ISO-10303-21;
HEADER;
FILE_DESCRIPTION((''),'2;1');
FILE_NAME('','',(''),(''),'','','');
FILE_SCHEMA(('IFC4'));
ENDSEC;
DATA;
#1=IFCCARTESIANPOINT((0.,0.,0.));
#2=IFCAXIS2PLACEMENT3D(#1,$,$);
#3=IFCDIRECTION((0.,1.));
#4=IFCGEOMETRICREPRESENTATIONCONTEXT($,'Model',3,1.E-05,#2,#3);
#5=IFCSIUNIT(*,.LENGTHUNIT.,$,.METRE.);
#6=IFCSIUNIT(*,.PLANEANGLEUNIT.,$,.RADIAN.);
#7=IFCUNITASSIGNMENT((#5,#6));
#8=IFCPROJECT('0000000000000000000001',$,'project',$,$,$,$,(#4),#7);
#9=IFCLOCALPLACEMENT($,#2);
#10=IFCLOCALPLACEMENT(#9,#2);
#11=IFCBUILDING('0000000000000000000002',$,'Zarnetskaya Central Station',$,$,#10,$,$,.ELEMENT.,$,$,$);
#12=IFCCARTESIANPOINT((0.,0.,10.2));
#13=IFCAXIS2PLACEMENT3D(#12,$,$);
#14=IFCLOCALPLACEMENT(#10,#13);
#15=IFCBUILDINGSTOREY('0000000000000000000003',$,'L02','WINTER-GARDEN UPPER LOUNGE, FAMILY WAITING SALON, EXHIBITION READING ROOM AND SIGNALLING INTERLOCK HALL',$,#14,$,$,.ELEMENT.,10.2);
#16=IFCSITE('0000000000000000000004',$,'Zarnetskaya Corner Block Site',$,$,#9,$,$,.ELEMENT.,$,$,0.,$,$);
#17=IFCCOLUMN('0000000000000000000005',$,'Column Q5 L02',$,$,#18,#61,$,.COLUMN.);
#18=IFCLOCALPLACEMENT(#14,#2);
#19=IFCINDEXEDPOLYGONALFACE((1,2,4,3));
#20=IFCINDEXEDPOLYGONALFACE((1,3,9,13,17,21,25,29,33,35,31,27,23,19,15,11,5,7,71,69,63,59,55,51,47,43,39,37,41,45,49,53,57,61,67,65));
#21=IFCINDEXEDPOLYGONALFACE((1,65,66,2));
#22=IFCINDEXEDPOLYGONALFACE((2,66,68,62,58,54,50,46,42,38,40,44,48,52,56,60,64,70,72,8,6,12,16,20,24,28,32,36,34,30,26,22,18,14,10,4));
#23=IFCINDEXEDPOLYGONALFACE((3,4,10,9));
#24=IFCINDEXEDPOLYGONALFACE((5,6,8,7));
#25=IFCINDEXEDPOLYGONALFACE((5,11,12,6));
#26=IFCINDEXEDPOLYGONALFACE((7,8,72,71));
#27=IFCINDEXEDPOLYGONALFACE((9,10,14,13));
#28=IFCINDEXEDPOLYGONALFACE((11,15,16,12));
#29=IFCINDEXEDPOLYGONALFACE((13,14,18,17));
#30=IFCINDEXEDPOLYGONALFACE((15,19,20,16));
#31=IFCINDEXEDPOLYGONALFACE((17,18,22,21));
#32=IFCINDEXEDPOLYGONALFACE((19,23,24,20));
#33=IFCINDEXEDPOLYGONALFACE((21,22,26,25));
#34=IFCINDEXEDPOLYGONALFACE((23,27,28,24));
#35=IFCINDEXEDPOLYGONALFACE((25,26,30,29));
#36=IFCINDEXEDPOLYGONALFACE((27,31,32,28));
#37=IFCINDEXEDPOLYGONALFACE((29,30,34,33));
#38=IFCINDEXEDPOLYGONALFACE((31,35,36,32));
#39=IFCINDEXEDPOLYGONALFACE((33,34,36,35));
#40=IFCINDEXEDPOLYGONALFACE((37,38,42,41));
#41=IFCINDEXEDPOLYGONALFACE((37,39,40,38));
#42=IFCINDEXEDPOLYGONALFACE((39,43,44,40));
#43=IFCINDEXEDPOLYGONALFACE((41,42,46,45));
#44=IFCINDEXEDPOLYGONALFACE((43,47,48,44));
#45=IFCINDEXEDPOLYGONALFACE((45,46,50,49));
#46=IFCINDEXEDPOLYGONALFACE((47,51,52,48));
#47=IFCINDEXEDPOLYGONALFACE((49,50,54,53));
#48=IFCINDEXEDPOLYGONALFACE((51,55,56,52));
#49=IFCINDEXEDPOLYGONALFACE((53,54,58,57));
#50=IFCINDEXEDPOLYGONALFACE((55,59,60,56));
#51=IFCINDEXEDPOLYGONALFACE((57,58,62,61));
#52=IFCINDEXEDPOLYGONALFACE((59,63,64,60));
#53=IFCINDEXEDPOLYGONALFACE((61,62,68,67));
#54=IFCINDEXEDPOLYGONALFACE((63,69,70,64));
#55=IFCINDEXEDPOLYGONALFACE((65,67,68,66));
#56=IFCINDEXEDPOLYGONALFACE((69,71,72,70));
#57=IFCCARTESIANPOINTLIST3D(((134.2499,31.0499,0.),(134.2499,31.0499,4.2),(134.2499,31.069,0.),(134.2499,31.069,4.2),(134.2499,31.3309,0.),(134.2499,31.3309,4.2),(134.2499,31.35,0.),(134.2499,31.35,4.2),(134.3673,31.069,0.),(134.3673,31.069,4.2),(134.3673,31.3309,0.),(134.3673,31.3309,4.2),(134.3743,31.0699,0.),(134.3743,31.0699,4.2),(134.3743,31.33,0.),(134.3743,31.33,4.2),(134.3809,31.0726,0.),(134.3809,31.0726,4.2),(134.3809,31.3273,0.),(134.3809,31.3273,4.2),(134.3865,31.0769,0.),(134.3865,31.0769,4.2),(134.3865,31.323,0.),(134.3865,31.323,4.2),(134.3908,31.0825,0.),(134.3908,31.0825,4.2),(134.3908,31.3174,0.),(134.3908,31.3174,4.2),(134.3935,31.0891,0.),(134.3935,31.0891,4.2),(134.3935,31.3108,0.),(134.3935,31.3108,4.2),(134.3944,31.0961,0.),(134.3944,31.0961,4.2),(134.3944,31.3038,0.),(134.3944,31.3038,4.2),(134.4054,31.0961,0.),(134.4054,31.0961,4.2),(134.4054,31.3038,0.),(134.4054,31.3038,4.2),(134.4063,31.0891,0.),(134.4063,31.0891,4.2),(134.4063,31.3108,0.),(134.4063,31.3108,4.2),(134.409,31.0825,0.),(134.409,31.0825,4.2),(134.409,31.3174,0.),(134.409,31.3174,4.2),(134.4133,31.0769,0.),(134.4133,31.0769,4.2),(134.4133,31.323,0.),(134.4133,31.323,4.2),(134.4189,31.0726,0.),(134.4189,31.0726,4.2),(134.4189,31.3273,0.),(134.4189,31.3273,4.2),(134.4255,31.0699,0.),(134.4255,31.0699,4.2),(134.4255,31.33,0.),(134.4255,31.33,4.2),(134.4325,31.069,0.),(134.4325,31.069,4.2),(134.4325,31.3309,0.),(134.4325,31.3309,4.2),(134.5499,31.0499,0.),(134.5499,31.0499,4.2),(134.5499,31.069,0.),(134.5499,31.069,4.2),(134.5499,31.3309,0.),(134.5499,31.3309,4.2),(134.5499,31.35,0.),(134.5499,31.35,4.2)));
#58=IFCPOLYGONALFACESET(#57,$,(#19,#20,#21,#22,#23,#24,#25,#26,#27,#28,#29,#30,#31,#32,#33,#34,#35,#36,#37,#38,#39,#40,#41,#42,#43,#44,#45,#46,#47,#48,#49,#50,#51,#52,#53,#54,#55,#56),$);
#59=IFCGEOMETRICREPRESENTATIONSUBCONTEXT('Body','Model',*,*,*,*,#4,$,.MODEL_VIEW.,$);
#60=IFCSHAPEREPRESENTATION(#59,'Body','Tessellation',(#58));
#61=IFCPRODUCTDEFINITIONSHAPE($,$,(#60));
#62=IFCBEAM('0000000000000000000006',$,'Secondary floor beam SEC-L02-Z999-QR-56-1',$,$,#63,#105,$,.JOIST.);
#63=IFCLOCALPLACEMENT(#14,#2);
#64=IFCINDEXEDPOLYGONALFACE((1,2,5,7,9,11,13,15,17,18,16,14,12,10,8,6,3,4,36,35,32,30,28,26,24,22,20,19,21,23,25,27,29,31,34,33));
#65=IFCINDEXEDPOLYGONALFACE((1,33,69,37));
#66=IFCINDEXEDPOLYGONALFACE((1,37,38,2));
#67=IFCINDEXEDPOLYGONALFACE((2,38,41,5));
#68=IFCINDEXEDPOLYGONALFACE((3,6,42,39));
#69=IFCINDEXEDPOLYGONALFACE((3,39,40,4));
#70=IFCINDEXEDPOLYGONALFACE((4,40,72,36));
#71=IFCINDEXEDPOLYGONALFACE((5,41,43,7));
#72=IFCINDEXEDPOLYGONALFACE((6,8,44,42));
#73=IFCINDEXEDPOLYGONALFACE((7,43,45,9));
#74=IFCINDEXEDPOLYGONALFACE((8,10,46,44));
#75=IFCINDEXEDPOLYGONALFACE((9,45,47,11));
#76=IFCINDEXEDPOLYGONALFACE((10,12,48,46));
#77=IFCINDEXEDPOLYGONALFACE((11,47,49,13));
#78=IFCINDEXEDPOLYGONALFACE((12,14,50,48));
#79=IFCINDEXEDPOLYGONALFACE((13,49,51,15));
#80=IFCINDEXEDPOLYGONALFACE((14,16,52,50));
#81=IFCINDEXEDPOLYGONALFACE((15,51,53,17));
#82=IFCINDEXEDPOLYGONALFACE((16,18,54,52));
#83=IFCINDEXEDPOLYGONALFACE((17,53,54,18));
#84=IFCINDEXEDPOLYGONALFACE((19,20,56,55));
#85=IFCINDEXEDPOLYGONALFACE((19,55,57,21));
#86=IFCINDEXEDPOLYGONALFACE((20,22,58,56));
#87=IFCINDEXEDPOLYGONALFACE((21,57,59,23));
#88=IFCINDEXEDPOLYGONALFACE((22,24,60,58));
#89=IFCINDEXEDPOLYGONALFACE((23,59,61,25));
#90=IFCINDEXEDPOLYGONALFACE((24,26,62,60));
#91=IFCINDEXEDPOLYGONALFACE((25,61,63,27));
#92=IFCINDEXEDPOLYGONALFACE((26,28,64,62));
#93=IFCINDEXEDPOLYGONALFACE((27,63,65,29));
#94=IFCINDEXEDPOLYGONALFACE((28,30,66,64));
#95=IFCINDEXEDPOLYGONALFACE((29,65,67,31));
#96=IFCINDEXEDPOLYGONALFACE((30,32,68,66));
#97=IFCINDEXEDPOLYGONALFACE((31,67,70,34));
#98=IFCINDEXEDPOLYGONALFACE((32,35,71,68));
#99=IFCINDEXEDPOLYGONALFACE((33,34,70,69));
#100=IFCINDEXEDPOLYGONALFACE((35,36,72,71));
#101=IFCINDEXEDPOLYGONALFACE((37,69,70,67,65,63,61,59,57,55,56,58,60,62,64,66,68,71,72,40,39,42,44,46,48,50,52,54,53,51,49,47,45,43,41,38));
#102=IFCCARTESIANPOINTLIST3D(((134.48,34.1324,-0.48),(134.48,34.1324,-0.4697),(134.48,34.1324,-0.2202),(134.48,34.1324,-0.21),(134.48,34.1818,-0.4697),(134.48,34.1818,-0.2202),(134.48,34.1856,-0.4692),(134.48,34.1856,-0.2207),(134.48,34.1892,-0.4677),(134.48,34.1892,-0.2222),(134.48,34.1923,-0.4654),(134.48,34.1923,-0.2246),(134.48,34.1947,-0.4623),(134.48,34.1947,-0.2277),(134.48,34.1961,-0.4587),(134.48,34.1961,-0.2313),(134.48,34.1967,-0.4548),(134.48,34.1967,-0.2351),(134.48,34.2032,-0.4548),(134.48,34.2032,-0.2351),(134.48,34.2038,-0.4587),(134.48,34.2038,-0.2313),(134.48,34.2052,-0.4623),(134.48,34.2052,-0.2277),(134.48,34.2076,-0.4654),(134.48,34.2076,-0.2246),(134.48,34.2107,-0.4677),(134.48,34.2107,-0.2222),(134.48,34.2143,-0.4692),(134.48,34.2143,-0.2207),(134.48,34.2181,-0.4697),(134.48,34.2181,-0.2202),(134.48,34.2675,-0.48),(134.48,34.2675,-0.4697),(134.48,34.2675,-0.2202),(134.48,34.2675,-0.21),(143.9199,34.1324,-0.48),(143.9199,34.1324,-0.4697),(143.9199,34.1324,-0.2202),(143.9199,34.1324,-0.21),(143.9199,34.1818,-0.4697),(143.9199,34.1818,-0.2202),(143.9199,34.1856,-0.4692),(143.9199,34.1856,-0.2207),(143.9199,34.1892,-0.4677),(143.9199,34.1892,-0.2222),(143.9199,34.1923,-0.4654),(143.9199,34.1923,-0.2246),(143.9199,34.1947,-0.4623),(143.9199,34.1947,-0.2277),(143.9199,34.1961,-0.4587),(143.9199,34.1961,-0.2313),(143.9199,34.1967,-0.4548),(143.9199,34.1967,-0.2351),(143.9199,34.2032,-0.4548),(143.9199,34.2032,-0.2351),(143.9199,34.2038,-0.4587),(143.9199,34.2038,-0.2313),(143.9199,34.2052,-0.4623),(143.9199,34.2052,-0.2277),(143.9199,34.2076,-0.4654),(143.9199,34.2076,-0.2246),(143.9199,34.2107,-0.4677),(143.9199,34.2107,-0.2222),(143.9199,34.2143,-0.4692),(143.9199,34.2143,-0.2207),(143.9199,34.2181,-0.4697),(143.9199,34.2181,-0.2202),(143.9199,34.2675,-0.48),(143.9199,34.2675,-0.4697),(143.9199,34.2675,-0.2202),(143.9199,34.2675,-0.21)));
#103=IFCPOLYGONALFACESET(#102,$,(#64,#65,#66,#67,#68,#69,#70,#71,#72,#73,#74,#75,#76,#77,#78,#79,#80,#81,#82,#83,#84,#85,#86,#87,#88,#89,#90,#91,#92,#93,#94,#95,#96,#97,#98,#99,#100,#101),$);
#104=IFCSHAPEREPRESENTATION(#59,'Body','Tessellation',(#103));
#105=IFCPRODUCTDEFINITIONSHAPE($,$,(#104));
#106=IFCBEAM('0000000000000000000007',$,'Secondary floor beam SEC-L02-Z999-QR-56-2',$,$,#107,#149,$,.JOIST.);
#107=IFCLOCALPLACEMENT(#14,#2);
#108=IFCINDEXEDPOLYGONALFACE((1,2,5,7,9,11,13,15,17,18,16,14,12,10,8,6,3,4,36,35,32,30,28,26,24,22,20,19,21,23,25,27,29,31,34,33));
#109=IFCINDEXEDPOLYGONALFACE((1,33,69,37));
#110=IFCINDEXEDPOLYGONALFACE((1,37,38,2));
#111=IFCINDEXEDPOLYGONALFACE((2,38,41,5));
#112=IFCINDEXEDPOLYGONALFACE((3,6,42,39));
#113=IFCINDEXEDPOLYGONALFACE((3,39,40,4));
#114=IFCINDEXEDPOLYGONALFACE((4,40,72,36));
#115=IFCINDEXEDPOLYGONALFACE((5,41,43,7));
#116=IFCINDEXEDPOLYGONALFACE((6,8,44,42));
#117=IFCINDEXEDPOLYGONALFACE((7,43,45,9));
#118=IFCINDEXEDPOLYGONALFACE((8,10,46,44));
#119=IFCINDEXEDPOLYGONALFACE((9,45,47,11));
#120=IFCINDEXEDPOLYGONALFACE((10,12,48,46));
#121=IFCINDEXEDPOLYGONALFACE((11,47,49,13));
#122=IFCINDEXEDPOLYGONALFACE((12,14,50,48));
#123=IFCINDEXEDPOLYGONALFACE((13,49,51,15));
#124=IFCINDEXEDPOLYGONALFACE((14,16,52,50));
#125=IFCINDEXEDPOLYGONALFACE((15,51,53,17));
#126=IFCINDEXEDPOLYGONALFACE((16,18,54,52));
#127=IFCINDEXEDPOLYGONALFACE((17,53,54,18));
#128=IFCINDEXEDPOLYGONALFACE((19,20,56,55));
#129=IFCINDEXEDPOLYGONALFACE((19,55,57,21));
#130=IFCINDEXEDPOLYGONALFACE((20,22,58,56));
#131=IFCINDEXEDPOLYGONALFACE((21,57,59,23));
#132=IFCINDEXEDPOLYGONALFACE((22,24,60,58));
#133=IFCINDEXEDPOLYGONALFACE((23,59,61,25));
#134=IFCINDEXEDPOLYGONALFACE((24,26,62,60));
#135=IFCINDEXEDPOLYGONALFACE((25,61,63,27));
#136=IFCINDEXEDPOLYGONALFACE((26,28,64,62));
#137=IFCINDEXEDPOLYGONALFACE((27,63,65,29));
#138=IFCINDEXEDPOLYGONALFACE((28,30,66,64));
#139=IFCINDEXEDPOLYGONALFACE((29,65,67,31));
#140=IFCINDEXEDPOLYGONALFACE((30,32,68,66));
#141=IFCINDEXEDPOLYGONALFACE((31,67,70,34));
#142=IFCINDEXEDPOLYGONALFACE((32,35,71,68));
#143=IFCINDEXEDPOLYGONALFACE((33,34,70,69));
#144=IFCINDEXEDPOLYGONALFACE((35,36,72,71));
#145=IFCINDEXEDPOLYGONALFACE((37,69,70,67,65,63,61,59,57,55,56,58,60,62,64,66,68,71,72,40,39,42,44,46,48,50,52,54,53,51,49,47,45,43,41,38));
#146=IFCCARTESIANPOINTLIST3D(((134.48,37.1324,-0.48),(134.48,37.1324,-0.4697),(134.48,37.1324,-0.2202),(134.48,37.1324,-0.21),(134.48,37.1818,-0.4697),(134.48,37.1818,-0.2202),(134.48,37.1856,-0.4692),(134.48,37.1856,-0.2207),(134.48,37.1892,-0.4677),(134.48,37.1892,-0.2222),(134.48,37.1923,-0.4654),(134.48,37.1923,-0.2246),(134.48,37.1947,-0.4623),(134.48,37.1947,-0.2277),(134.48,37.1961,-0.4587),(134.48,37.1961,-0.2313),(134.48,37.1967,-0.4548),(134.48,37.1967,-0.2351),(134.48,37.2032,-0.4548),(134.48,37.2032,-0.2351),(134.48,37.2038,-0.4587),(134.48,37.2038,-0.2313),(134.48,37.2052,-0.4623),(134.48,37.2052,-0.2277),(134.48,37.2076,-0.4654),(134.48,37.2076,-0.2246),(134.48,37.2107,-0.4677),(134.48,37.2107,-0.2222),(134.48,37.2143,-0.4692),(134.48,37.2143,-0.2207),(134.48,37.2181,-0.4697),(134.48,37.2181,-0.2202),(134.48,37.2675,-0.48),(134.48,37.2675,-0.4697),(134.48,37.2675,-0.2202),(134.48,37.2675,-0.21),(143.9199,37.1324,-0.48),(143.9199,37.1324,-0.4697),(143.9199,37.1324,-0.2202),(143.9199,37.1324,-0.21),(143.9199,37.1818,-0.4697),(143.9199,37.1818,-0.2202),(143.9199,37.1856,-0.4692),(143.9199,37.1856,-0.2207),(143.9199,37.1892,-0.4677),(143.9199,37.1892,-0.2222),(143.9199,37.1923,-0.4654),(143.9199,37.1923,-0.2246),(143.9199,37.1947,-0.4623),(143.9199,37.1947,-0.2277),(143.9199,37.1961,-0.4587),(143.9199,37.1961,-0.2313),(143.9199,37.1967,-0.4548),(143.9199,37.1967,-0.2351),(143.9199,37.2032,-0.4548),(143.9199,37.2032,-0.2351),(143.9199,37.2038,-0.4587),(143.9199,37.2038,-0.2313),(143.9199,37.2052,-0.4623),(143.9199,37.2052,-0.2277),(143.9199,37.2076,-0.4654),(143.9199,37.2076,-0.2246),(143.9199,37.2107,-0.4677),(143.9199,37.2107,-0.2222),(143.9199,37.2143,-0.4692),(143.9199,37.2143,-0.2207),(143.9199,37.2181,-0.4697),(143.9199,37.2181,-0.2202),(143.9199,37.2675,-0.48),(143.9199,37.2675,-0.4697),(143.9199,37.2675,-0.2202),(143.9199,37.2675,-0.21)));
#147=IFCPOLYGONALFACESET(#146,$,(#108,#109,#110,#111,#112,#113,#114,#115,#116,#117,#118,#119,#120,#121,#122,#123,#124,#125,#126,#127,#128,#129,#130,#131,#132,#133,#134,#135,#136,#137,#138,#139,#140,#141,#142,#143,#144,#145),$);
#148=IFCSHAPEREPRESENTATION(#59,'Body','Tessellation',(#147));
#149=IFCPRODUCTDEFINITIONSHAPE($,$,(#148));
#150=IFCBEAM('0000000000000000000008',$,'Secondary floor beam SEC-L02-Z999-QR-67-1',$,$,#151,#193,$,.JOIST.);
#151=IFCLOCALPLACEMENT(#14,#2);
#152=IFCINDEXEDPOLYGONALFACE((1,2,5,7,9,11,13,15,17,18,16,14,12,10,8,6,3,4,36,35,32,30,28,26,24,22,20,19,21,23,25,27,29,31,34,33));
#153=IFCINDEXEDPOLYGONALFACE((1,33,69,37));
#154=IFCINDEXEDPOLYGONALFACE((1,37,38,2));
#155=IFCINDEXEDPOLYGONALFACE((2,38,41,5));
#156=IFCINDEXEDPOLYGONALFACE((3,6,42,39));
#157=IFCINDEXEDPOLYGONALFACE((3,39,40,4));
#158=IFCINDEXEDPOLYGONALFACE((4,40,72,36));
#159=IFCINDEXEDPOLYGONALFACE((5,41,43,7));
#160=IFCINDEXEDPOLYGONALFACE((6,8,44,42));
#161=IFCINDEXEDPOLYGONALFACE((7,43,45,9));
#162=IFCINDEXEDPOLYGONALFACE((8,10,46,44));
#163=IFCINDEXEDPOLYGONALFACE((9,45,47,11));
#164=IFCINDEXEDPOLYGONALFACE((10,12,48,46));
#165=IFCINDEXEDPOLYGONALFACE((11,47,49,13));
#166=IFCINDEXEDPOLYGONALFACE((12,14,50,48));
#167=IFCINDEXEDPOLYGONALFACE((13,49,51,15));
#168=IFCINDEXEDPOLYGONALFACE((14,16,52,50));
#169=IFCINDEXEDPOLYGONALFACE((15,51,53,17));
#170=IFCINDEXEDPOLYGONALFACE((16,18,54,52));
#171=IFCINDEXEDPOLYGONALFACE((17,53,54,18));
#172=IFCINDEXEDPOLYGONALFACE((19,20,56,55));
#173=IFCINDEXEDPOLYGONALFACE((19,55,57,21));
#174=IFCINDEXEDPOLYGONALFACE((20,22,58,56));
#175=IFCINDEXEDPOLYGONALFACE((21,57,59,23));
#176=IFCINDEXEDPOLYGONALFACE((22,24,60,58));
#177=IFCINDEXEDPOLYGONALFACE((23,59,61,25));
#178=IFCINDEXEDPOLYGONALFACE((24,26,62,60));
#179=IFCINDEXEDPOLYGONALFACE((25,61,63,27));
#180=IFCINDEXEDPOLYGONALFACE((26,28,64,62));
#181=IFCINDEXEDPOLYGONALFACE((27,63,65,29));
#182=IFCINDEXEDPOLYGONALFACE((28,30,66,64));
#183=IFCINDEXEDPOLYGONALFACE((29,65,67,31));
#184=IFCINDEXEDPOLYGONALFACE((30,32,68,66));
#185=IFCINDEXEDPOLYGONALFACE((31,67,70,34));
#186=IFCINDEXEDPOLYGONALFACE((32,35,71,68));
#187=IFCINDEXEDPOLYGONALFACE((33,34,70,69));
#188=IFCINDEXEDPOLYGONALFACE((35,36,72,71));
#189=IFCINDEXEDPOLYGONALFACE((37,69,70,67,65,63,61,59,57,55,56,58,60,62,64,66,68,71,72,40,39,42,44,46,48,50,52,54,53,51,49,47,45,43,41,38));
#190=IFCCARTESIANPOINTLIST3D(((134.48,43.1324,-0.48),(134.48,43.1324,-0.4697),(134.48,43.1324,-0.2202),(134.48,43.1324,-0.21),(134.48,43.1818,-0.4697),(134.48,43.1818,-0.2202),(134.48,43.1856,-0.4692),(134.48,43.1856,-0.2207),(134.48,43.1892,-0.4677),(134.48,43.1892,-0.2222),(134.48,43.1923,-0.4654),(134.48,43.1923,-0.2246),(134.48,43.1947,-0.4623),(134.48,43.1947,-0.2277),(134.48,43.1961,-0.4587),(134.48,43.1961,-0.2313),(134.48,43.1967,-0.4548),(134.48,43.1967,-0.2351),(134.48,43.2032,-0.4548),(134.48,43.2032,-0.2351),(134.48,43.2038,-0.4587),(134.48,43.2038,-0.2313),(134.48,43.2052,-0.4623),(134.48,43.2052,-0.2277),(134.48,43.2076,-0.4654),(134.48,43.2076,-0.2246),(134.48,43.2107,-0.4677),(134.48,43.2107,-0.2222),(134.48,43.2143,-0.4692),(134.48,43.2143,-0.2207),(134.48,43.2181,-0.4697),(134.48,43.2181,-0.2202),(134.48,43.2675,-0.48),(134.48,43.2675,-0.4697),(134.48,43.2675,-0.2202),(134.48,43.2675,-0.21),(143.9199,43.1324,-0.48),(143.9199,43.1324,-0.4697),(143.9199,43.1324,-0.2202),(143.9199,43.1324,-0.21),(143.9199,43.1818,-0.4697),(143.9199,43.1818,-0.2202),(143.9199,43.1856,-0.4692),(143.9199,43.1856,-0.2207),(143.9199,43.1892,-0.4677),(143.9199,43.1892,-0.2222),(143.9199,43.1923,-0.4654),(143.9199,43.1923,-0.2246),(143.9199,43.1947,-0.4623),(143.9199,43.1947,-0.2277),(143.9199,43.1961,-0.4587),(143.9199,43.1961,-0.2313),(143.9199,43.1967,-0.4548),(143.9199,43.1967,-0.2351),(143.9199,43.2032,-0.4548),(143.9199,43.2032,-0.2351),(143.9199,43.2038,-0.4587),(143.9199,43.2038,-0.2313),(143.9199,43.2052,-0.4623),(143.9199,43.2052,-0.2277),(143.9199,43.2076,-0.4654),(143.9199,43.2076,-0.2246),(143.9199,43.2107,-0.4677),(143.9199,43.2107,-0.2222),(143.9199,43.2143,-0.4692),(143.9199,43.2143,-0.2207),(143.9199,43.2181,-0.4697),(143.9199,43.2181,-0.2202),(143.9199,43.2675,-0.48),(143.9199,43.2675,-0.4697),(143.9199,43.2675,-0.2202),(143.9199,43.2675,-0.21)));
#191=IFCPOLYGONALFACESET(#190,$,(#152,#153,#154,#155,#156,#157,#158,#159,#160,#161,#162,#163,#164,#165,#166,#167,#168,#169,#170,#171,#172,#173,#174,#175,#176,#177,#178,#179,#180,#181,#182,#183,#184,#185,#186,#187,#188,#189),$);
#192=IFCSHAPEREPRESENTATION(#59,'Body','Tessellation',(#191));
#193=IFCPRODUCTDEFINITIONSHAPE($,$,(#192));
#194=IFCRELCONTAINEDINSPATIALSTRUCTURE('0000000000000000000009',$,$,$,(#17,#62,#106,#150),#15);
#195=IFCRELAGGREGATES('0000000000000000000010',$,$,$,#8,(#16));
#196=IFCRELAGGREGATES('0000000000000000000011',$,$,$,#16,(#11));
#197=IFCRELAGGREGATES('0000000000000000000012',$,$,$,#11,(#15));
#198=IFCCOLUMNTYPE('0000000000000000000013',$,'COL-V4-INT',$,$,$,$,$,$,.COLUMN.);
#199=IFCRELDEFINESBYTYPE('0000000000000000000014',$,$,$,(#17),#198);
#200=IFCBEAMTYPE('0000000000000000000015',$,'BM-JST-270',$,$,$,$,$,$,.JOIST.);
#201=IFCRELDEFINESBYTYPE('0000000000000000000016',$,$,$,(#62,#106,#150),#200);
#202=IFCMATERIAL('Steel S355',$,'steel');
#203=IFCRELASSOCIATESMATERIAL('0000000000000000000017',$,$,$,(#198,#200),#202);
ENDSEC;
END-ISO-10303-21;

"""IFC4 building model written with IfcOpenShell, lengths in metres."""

from ifc_helpers import new_model, si_unit, direction, frame, origin, origin_2d, place, context, subcontext, project, spatial, i_section, extrude, material, material_profile, profile_set, type_object, element, save


model = new_model("IFC4")

# Units and contexts
model_context = context("Model", 3, precision=1e-05, world=origin(), true_north=direction((0.0, 1.0)))
body_context = subcontext(model_context, "Body", "Model", "MODEL_VIEW")
ifc_project = project(units=[si_unit("LENGTHUNIT", "METRE"), si_unit("PLANEANGLEUNIT", "RADIAN")], contexts=[model_context])

# Site, building, storey
site_placement = place(None, origin())
site = spatial("IfcSite", under=ifc_project, at=site_placement, Name="Zarnetskaya Corner Block Site", CompositionType="ELEMENT", RefElevation=0.0)
building_placement = place(site_placement, origin())
building = spatial("IfcBuilding", under=site, at=building_placement, Name="Zarnetskaya Central Station", CompositionType="ELEMENT")
storey_placement = place(building_placement, frame((0.0, 0.0, 10.2)))
storey = spatial("IfcBuildingStorey", under=building, at=storey_placement, Name="L02", Description="WINTER-GARDEN UPPER LOUNGE, FAMILY WAITING SALON, EXHIBITION READING ROOM AND SIGNALLING INTERLOCK HALL", CompositionType="ELEMENT", Elevation=10.2)

# Column
ifc_material_1 = material(Name="Steel S355", Category="steel")
ifc_material_profile_1 = material_profile(ifc_material_1, i_section(OverallWidth=0.3, OverallDepth=0.3, WebThickness=0.011, FlangeThickness=0.019, FilletRadius=0.0271, at=origin_2d()), Name="HEB 300")
ifc_profile_set_1 = profile_set([ifc_material_profile_1], Name="Steel S355")
column_type = type_object("IfcColumnType", Name="COL-V4-INT", PredefinedType="COLUMN", material=ifc_profile_set_1)
column_placement = place(storey_placement, frame((134.3999, 31.2, 0.0), z_axis=(0.0, 0.0, 1.0), x_axis=(1.0, 0.0, 0.0)))
element("IfcColumn", 1, at=column_placement, inside=storey, type_object=column_type, Name="Column Q5 L02", PredefinedType="COLUMN", context=body_context, shape_type="SweptSolid", body=[
    extrude(i_section(OverallWidth=0.3, OverallDepth=0.3, WebThickness=0.011, FlangeThickness=0.019, FilletRadius=0.0271, at=origin_2d()), origin(), (0.0, 0.0, 1.0), 4.2),
])

# Beams
ifc_material_profile_2 = material_profile(ifc_material_1, i_section(OverallWidth=0.135, OverallDepth=0.27, WebThickness=0.0066, FlangeThickness=0.0103, FilletRadius=0.0149, at=origin_2d()), Name="IPE 270")
ifc_profile_set_2 = profile_set([ifc_material_profile_2], Name="Steel S355")
beam_type_1 = type_object("IfcBeamType", Name="BM-JST-270", PredefinedType="JOIST", material=ifc_profile_set_2)
for number, where, z_axis, x_axis, name in (
    (2, (134.48, 34.2, -0.345), (1.0, 0.0, 0.0), (0.0, 1.0, 0.0), "Secondary floor beam SEC-L02-Z999-QR-56-1"),
    (3, (134.48, 37.2, -0.345), (1.0, 0.0, 0.0), (0.0, 1.0, 0.0), "Secondary floor beam SEC-L02-Z999-QR-56-2"),
    (4, (134.48, 43.2, -0.345), (1.0, 0.0, 0.0), (0.0, 1.0, 0.0), "Secondary floor beam SEC-L02-Z999-QR-67-1"),
):
    element("IfcBeam", number, at=place(storey_placement, frame(where, z_axis=z_axis, x_axis=x_axis)), inside=storey, type_object=beam_type_1, Name=name, PredefinedType="JOIST", context=body_context, shape_type="SweptSolid", body=[
        extrude(i_section(OverallWidth=0.135, OverallDepth=0.27, WebThickness=0.0066, FlangeThickness=0.0103, FilletRadius=0.0149, at=origin_2d()), origin(), (0.0, 0.0, 1.0), 9.4399),
    ])

save(model, "model.ifc")
